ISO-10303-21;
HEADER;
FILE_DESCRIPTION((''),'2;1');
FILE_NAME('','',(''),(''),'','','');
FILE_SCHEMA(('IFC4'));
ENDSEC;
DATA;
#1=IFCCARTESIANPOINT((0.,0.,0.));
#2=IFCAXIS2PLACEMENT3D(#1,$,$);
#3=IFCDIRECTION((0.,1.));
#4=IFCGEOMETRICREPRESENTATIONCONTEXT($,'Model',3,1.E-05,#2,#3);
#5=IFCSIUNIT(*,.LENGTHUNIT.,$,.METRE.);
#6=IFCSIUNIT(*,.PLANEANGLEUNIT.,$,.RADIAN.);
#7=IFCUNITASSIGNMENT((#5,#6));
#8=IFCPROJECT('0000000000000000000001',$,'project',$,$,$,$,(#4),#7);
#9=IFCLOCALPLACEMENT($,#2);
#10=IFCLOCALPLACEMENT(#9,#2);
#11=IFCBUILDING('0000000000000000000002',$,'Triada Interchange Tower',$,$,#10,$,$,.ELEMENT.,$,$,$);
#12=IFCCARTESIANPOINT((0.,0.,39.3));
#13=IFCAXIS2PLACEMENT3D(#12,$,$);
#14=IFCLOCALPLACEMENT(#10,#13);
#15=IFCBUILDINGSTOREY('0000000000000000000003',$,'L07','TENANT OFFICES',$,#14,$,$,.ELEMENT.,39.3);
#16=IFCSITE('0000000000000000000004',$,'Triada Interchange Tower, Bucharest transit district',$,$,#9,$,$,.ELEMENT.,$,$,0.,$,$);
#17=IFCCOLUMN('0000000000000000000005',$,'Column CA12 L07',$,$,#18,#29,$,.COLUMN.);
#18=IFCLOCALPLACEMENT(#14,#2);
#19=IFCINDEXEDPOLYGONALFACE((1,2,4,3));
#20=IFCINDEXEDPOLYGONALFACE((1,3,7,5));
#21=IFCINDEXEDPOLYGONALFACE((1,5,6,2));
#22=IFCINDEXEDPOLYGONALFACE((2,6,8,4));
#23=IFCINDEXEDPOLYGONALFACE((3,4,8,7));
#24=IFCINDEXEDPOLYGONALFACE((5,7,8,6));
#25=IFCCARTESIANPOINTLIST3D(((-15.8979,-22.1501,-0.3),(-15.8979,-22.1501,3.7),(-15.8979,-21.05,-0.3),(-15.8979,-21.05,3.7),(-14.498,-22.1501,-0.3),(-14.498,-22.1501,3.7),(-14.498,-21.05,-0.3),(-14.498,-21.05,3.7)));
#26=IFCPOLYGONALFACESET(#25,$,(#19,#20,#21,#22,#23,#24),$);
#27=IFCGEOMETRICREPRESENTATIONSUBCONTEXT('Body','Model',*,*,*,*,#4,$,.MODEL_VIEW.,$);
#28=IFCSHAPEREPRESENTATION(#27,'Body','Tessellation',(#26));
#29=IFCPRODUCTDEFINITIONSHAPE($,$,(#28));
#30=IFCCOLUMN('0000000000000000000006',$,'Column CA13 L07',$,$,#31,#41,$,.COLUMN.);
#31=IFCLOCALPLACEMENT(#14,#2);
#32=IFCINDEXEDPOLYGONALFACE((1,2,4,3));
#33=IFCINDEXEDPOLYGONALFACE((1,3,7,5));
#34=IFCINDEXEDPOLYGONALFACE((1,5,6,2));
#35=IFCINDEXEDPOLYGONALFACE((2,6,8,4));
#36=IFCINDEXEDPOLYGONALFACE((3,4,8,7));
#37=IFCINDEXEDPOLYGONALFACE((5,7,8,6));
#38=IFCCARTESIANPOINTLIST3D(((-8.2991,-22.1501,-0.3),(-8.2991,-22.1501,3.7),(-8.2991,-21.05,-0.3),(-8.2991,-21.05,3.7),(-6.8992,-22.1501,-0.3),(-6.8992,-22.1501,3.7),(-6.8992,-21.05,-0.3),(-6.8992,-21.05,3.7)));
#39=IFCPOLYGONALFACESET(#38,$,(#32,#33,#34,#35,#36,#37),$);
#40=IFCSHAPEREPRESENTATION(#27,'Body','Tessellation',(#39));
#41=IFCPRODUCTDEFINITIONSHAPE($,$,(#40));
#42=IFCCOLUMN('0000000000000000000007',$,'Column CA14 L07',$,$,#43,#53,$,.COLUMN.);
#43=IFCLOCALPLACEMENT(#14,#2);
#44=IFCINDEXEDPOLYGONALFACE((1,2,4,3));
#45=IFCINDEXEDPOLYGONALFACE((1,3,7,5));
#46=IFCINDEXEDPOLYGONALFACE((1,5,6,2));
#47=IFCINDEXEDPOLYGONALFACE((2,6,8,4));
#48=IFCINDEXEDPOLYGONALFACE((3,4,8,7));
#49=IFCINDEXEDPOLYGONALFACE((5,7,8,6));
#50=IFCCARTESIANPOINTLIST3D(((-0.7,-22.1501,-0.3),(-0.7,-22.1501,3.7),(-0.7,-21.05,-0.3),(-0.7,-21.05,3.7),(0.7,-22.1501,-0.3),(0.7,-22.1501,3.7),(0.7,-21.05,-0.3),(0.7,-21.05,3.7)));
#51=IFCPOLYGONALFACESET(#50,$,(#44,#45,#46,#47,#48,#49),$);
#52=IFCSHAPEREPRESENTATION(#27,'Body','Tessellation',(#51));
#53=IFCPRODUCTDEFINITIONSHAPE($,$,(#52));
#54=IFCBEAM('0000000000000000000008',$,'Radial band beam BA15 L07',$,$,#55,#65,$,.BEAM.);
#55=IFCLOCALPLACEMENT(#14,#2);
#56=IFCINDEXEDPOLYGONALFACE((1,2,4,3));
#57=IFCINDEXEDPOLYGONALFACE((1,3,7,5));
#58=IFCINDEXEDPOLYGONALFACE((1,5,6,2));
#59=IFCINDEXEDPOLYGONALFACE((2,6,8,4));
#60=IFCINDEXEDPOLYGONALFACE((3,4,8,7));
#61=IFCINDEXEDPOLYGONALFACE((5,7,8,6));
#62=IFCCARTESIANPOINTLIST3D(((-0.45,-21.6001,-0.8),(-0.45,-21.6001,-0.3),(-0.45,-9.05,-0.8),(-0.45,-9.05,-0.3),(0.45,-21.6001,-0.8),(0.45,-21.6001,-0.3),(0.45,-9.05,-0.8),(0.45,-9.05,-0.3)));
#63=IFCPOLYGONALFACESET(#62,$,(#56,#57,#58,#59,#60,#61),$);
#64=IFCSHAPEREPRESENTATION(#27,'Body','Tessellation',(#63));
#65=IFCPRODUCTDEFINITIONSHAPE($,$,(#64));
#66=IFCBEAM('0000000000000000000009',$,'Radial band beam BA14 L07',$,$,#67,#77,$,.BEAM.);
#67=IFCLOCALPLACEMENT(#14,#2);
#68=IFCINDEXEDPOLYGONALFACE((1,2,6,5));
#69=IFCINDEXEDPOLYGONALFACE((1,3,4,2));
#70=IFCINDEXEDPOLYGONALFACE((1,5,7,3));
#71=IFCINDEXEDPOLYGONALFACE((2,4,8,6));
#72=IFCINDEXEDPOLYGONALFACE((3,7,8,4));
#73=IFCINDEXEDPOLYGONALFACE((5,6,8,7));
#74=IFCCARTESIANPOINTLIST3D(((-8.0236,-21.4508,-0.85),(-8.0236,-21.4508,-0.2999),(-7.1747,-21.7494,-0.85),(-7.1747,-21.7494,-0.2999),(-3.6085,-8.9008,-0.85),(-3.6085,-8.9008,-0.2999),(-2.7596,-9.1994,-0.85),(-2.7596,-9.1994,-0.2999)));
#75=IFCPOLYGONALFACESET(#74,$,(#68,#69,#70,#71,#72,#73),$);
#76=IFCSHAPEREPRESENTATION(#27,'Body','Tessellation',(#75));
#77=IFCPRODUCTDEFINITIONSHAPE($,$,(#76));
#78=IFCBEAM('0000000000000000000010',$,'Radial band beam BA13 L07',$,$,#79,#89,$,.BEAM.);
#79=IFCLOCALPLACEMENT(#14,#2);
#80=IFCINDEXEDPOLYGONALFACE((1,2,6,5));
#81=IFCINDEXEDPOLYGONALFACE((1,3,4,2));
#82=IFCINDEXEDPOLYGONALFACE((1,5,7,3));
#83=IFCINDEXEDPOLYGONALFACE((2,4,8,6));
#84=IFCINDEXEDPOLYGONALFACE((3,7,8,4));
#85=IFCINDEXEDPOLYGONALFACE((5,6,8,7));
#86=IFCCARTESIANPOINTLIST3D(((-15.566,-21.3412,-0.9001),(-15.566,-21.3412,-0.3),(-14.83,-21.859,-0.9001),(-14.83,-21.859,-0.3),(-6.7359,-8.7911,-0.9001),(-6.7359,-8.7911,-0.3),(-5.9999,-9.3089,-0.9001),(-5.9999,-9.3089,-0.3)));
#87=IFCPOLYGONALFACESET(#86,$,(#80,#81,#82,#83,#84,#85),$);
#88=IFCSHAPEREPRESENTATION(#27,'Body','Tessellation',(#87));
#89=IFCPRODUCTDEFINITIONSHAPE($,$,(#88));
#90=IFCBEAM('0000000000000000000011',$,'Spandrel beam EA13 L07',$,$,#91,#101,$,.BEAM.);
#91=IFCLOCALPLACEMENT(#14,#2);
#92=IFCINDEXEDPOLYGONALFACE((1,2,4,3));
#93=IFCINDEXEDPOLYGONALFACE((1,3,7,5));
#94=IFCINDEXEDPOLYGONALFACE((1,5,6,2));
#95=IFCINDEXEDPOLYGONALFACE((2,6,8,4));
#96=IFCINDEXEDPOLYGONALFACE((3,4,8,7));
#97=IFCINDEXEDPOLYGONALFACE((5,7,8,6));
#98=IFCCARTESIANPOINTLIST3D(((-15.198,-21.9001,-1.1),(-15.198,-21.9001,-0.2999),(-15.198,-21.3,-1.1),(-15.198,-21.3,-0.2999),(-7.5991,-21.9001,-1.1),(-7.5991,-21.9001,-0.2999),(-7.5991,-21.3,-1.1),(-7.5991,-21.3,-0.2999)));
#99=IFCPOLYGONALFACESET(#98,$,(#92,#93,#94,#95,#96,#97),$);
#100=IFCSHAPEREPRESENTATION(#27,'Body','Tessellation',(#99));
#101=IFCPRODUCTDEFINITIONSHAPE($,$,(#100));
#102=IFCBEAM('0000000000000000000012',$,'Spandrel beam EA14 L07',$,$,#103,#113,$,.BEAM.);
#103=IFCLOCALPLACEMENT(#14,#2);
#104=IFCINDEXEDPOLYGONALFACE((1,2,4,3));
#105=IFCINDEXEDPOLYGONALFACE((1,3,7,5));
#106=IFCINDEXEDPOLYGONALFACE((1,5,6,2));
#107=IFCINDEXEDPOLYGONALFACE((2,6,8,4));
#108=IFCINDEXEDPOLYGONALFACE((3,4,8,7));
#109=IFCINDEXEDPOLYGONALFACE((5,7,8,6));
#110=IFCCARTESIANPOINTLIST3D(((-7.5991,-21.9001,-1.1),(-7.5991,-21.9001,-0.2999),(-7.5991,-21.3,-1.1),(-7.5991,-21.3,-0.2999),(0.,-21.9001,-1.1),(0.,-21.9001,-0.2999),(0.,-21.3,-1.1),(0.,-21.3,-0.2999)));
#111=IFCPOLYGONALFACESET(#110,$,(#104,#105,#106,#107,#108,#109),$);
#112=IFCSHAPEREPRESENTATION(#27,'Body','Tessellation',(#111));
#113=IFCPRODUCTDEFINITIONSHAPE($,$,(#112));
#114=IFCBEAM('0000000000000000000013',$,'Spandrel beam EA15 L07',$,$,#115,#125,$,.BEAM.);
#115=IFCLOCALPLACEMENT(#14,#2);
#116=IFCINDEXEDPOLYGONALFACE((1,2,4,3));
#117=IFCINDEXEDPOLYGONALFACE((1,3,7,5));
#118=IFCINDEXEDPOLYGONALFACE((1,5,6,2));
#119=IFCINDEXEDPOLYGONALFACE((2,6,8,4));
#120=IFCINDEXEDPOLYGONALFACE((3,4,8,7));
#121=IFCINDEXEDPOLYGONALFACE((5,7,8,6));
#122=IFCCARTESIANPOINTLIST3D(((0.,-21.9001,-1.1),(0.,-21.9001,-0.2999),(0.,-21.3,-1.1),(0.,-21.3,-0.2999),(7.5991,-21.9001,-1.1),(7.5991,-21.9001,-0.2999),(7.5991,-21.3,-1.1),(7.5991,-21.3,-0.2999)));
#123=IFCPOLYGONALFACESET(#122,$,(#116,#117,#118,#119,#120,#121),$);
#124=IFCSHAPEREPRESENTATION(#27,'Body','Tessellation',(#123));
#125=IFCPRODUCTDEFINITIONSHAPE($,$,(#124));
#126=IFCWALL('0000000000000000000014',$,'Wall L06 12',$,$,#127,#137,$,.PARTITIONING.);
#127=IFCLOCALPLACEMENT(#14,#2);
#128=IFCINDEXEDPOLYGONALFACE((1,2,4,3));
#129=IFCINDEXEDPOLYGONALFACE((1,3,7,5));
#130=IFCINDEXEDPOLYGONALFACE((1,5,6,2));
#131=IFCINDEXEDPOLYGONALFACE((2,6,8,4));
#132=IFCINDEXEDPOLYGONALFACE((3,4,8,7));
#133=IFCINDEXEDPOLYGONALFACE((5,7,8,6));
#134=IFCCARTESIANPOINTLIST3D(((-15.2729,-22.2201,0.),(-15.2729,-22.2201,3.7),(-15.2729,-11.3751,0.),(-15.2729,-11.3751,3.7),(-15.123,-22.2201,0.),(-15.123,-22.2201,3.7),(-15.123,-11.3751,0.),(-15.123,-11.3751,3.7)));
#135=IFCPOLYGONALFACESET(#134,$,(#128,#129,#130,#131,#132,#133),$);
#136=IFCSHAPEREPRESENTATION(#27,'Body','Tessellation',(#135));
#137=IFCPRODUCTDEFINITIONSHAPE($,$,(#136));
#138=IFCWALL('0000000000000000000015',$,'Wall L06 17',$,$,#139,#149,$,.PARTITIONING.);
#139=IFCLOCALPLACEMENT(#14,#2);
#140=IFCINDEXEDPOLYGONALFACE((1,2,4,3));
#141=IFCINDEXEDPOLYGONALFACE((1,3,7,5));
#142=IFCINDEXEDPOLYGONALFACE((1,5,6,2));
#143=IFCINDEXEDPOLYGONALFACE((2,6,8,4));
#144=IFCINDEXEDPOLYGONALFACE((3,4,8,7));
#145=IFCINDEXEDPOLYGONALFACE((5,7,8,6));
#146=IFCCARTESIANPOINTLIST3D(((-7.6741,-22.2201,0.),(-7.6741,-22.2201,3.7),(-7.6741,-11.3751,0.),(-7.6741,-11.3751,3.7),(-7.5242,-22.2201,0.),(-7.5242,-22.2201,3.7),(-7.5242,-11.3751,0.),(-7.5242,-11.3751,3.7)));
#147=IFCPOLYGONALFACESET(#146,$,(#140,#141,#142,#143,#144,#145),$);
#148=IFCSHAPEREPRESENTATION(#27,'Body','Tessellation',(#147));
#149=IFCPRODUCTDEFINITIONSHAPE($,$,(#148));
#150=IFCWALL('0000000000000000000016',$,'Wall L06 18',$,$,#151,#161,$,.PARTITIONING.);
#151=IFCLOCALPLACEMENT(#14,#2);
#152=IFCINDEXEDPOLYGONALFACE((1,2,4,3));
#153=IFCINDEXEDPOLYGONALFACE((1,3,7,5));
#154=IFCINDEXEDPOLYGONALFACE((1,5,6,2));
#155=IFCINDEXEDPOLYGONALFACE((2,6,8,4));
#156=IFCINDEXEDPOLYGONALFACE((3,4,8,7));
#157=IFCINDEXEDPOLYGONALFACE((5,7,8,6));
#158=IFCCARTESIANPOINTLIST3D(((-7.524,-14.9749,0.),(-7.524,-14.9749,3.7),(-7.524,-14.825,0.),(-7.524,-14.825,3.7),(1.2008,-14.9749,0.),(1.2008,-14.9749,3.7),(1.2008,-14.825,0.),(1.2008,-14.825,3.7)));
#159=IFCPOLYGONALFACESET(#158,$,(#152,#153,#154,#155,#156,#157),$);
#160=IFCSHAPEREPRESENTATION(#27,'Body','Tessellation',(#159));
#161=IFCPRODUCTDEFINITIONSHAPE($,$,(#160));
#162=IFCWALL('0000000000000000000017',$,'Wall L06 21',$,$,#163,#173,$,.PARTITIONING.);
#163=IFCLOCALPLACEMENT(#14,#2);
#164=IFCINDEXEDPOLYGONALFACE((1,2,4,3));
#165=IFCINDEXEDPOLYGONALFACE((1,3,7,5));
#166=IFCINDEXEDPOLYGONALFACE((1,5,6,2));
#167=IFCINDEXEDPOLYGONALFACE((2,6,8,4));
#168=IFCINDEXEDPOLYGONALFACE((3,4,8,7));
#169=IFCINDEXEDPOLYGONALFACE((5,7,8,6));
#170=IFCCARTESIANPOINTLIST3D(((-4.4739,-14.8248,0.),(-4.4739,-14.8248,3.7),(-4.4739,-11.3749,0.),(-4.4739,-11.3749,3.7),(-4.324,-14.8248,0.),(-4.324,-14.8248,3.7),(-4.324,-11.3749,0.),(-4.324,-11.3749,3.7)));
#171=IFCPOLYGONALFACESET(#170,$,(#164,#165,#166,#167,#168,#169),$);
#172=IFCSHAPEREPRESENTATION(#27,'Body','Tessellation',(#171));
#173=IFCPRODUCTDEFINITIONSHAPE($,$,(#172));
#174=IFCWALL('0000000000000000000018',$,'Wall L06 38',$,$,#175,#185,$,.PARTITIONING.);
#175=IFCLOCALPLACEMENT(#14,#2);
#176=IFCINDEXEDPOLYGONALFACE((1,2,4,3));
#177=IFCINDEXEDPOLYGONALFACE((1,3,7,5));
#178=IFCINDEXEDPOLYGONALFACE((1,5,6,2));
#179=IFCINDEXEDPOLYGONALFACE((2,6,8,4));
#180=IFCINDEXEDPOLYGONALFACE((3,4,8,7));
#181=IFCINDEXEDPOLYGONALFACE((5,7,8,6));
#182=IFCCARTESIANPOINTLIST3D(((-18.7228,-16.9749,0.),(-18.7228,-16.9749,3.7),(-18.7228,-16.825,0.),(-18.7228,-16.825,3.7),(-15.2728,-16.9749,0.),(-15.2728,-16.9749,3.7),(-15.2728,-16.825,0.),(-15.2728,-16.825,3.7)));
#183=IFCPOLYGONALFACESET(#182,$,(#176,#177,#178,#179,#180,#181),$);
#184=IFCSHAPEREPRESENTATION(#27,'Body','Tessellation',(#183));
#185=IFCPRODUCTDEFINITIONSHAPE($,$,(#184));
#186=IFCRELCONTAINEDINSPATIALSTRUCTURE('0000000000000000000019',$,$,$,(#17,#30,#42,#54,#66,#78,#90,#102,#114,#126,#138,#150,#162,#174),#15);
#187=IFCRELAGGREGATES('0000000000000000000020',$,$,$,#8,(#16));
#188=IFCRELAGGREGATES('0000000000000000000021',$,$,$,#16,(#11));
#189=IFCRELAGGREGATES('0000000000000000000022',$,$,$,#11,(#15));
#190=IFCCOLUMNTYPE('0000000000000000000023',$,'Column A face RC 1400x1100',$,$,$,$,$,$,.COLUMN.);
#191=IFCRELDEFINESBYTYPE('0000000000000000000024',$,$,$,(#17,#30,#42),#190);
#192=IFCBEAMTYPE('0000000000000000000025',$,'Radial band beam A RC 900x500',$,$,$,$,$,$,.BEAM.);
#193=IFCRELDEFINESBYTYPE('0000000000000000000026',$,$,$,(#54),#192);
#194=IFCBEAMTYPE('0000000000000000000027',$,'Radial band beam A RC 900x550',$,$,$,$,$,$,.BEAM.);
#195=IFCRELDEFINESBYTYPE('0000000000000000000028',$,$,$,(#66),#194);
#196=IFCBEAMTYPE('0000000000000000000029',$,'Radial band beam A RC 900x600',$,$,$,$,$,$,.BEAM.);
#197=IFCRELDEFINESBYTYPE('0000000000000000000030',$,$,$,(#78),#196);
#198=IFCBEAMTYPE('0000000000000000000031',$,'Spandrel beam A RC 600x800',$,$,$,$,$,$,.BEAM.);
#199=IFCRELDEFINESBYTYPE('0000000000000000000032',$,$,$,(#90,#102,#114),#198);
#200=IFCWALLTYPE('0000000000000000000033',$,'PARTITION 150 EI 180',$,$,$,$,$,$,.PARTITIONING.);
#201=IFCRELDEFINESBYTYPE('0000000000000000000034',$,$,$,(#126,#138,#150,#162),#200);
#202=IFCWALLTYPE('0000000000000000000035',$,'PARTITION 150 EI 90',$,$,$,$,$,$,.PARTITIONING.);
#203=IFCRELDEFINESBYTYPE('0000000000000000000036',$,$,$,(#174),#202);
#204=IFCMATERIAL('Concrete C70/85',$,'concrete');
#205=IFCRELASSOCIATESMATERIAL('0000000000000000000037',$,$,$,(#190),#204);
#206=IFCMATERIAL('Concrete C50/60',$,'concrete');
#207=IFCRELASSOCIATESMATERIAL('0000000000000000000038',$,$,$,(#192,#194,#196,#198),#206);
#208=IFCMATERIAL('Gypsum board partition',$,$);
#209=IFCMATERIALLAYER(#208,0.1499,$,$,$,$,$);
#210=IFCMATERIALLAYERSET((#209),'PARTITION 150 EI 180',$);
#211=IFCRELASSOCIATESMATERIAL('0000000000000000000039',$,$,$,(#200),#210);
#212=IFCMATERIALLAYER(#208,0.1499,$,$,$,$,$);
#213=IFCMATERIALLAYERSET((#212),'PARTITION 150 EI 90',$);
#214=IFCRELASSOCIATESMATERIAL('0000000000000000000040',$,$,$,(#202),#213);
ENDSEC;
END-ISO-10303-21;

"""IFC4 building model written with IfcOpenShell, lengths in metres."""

from ifc_helpers import new_model, si_unit, direction, frame, frame_2d, origin, origin_2d, place, context, subcontext, project, spatial, rectangle, extrude, material, layer, layer_set, material_profile, profile_set, type_object, element, save


model = new_model("IFC4")

# Units and contexts
model_context = context("Model", 3, precision=1e-05, world=origin(), true_north=direction((0.0, 1.0)))
body_context = subcontext(model_context, "Body", "Model", "MODEL_VIEW")
ifc_project = project(units=[si_unit("LENGTHUNIT", "METRE"), si_unit("PLANEANGLEUNIT", "RADIAN")], contexts=[model_context])

# Site, building, storey
site_placement = place(None, origin())
site = spatial("IfcSite", under=ifc_project, at=site_placement, Name="Triada Interchange Tower, Bucharest transit district", CompositionType="ELEMENT", RefElevation=0.0)
building_placement = place(site_placement, origin())
building = spatial("IfcBuilding", under=site, at=building_placement, Name="Triada Interchange Tower", CompositionType="ELEMENT")
storey_placement = place(building_placement, frame((0.0, 0.0, 39.3)))
storey = spatial("IfcBuildingStorey", under=building, at=storey_placement, Name="L07", Description="TENANT OFFICES", CompositionType="ELEMENT", Elevation=39.3)

# Columns
ifc_material_1 = material(Name="Concrete C70/85", Category="concrete")
ifc_material_profile_1 = material_profile(ifc_material_1, rectangle(XDim=1.3999, YDim=1.1001, at=origin_2d()), Name="RC 1400x1100")
ifc_profile_set_1 = profile_set([ifc_material_profile_1], Name="Concrete C70/85")
column_type = type_object("IfcColumnType", Name="Column A face RC 1400x1100", PredefinedType="COLUMN", material=ifc_profile_set_1)
for number, where, z_axis, x_axis, name in (
    (1, (-15.198, -21.6001, -0.3), (0.0, 0.0, 1.0), (1.0, 0.0, 0.0), "Column CA12 L07"),
    (2, (-7.5991, -21.6001, -0.3), (0.0, 0.0, 1.0), (1.0, 0.0, 0.0), "Column CA13 L07"),
    (3, (0.0, -21.6001, -0.3), (0.0, 0.0, 1.0), (1.0, 0.0, 0.0), "Column CA14 L07"),
):
    element("IfcColumn", number, at=place(storey_placement, frame(where, z_axis=z_axis, x_axis=x_axis)), inside=storey, type_object=column_type, Name=name, PredefinedType="COLUMN", context=body_context, shape_type="SweptSolid", body=[
        extrude(rectangle(XDim=1.3999, YDim=1.1001, at=origin_2d()), origin(), (0.0, 0.0, 1.0), 4.0),
    ])

# Beams
ifc_material_2 = material(Name="Concrete C50/60", Category="concrete")
ifc_material_profile_2 = material_profile(ifc_material_2, rectangle(XDim=0.8999, YDim=0.5, at=origin_2d()), Name="RC 900x500")
ifc_profile_set_2 = profile_set([ifc_material_profile_2], Name="Concrete C50/60")
beam_type_1 = type_object("IfcBeamType", Name="Radial band beam A RC 900x500", PredefinedType="BEAM", material=ifc_profile_set_2)
beam_1_placement = place(storey_placement, frame((0.0, -21.6001, -0.55), z_axis=(0.0, 1.0, 0.0), x_axis=(-1.0, 0.0, 0.0)))
element("IfcBeam", 4, at=beam_1_placement, inside=storey, type_object=beam_type_1, Name="Radial band beam BA15 L07", PredefinedType="BEAM", context=body_context, shape_type="SweptSolid", body=[
    extrude(rectangle(XDim=0.8999, YDim=0.5, at=origin_2d()), origin(), (0.0, 0.0, 1.0), 12.55),
])
ifc_material_profile_3 = material_profile(ifc_material_2, rectangle(XDim=0.8999, YDim=0.55, at=origin_2d()), Name="RC 900x550")
ifc_profile_set_3 = profile_set([ifc_material_profile_3], Name="Concrete C50/60")
beam_type_2 = type_object("IfcBeamType", Name="Radial band beam A RC 900x550", PredefinedType="BEAM", material=ifc_profile_set_3)
beam_2_placement = place(storey_placement, frame((-7.5991, -21.6001, -0.575), z_axis=(0.331858, 0.943329, 0.0), x_axis=(-0.943329, 0.331858, 0.0)))
element("IfcBeam", 5, at=beam_2_placement, inside=storey, type_object=beam_type_2, Name="Radial band beam BA14 L07", PredefinedType="BEAM", context=body_context, shape_type="SweptSolid", body=[
    extrude(rectangle(XDim=0.8999, YDim=0.55, at=origin_2d()), origin(), (0.0, 0.0, 1.0), 13.304),
])
ifc_material_profile_4 = material_profile(ifc_material_2, rectangle(XDim=0.8999, YDim=0.6001, at=origin_2d()), Name="RC 900x600")
ifc_profile_set_4 = profile_set([ifc_material_profile_4], Name="Concrete C50/60")
beam_type_3 = type_object("IfcBeamType", Name="Radial band beam A RC 900x600", PredefinedType="BEAM", material=ifc_profile_set_4)
beam_3_placement = place(storey_placement, frame((-15.198, -21.6001, -0.6001), z_axis=(0.575431, 0.817851, 0.0), x_axis=(-0.817851, 0.575431, 0.0)))
element("IfcBeam", 6, at=beam_3_placement, inside=storey, type_object=beam_type_3, Name="Radial band beam BA13 L07", PredefinedType="BEAM", context=body_context, shape_type="SweptSolid", body=[
    extrude(rectangle(XDim=0.8999, YDim=0.6001, at=origin_2d()), origin(), (0.0, 0.0, 1.0), 15.3452),
])
ifc_material_profile_5 = material_profile(ifc_material_2, rectangle(XDim=0.6001, YDim=0.8, at=origin_2d()), Name="RC 600x800")
ifc_profile_set_5 = profile_set([ifc_material_profile_5], Name="Concrete C50/60")
beam_type_4 = type_object("IfcBeamType", Name="Spandrel beam A RC 600x800", PredefinedType="BEAM", material=ifc_profile_set_5)
beam_4_placement = place(storey_placement, frame((-15.198, -21.6001, -0.7), z_axis=(1.0, 0.0, 0.0), x_axis=(0.0, 1.0, 0.0)))
element("IfcBeam", 7, at=beam_4_placement, inside=storey, type_object=beam_type_4, Name="Spandrel beam EA13 L07", PredefinedType="BEAM", context=body_context, shape_type="SweptSolid", body=[
    extrude(rectangle(XDim=0.6001, YDim=0.8, at=origin_2d()), origin(), (0.0, 0.0, 1.0), 7.5989),
])
for number, where, z_axis, x_axis, name in (
    (8, (-7.5991, -21.6001, -0.7), (1.0, 0.0, 0.0), (0.0, 1.0, 0.0), "Spandrel beam EA14 L07"),
    (9, (0.0, -21.6001, -0.7), (1.0, 0.0, 0.0), (0.0, 1.0, 0.0), "Spandrel beam EA15 L07"),
):
    element("IfcBeam", number, at=place(storey_placement, frame(where, z_axis=z_axis, x_axis=x_axis)), inside=storey, type_object=beam_type_4, Name=name, PredefinedType="BEAM", context=body_context, shape_type="SweptSolid", body=[
        extrude(rectangle(XDim=0.6001, YDim=0.8, at=origin_2d()), origin(), (0.0, 0.0, 1.0), 7.5991),
    ])

# Walls
ifc_material_3 = material(Name="Gypsum board partition")
ifc_layer_1 = layer(ifc_material_3, 0.1499)
ifc_layer_set_1 = layer_set([ifc_layer_1], Name="PARTITION 150 EI 180")
wall_type_1 = type_object("IfcWallType", Name="PARTITION 150 EI 180", PredefinedType="PARTITIONING", material=ifc_layer_set_1)
for number, where, z_axis, x_axis, name in (
    (10, (-15.198, -22.22, 0.0), (0.0, 0.0, 1.0), (0.0, 1.0, 0.0), "Wall L06 12"),
    (11, (-7.5991, -22.22, 0.0), (0.0, 0.0, 1.0), (0.0, 1.0, 0.0), "Wall L06 17"),
):
    element("IfcWall", number, at=place(storey_placement, frame(where, z_axis=z_axis, x_axis=x_axis)), inside=storey, type_object=wall_type_1, Name=name, PredefinedType="PARTITIONING", context=body_context, shape_type="SweptSolid", body=[
        extrude(rectangle(XDim=10.845, YDim=0.1499, at=frame_2d((5.4224, 0.0))), origin(), (0.0, 0.0, 1.0), 3.7),
    ])
wall_1_placement = place(storey_placement, frame((-7.5239, -14.8999, 0.0), z_axis=(0.0, 0.0, 1.0), x_axis=(1.0, 0.0, 0.0)))
element("IfcWall", 12, at=wall_1_placement, inside=storey, type_object=wall_type_1, Name="Wall L06 18", PredefinedType="PARTITIONING", context=body_context, shape_type="SweptSolid", body=[
    extrude(rectangle(XDim=8.7249, YDim=0.1499, at=frame_2d((4.3623, 0.0))), origin(), (0.0, 0.0, 1.0), 3.7),
])
wall_2_placement = place(storey_placement, frame((-4.3989, -14.825, 0.0), z_axis=(0.0, 0.0, 1.0), x_axis=(0.0, 1.0, 0.0)))
element("IfcWall", 13, at=wall_2_placement, inside=storey, type_object=wall_type_1, Name="Wall L06 21", PredefinedType="PARTITIONING", context=body_context, shape_type="SweptSolid", body=[
    extrude(rectangle(XDim=3.45, YDim=0.1499, at=frame_2d((1.7251, 0.0))), origin(), (0.0, 0.0, 1.0), 3.7),
])
ifc_layer_2 = layer(ifc_material_3, 0.1499)
ifc_layer_set_2 = layer_set([ifc_layer_2], Name="PARTITION 150 EI 90")
wall_type_2 = type_object("IfcWallType", Name="PARTITION 150 EI 90", PredefinedType="PARTITIONING", material=ifc_layer_set_2)
wall_3_placement = place(storey_placement, frame((-18.7229, -16.8999, 0.0), z_axis=(0.0, 0.0, 1.0), x_axis=(1.0, 0.0, 0.0)))
element("IfcWall", 14, at=wall_3_placement, inside=storey, type_object=wall_type_2, Name="Wall L06 38", PredefinedType="PARTITIONING", context=body_context, shape_type="SweptSolid", body=[
    extrude(rectangle(XDim=3.45, YDim=0.1499, at=frame_2d((1.7251, 0.0))), origin(), (0.0, 0.0, 1.0), 3.7),
])

save(model, "model.ifc")
